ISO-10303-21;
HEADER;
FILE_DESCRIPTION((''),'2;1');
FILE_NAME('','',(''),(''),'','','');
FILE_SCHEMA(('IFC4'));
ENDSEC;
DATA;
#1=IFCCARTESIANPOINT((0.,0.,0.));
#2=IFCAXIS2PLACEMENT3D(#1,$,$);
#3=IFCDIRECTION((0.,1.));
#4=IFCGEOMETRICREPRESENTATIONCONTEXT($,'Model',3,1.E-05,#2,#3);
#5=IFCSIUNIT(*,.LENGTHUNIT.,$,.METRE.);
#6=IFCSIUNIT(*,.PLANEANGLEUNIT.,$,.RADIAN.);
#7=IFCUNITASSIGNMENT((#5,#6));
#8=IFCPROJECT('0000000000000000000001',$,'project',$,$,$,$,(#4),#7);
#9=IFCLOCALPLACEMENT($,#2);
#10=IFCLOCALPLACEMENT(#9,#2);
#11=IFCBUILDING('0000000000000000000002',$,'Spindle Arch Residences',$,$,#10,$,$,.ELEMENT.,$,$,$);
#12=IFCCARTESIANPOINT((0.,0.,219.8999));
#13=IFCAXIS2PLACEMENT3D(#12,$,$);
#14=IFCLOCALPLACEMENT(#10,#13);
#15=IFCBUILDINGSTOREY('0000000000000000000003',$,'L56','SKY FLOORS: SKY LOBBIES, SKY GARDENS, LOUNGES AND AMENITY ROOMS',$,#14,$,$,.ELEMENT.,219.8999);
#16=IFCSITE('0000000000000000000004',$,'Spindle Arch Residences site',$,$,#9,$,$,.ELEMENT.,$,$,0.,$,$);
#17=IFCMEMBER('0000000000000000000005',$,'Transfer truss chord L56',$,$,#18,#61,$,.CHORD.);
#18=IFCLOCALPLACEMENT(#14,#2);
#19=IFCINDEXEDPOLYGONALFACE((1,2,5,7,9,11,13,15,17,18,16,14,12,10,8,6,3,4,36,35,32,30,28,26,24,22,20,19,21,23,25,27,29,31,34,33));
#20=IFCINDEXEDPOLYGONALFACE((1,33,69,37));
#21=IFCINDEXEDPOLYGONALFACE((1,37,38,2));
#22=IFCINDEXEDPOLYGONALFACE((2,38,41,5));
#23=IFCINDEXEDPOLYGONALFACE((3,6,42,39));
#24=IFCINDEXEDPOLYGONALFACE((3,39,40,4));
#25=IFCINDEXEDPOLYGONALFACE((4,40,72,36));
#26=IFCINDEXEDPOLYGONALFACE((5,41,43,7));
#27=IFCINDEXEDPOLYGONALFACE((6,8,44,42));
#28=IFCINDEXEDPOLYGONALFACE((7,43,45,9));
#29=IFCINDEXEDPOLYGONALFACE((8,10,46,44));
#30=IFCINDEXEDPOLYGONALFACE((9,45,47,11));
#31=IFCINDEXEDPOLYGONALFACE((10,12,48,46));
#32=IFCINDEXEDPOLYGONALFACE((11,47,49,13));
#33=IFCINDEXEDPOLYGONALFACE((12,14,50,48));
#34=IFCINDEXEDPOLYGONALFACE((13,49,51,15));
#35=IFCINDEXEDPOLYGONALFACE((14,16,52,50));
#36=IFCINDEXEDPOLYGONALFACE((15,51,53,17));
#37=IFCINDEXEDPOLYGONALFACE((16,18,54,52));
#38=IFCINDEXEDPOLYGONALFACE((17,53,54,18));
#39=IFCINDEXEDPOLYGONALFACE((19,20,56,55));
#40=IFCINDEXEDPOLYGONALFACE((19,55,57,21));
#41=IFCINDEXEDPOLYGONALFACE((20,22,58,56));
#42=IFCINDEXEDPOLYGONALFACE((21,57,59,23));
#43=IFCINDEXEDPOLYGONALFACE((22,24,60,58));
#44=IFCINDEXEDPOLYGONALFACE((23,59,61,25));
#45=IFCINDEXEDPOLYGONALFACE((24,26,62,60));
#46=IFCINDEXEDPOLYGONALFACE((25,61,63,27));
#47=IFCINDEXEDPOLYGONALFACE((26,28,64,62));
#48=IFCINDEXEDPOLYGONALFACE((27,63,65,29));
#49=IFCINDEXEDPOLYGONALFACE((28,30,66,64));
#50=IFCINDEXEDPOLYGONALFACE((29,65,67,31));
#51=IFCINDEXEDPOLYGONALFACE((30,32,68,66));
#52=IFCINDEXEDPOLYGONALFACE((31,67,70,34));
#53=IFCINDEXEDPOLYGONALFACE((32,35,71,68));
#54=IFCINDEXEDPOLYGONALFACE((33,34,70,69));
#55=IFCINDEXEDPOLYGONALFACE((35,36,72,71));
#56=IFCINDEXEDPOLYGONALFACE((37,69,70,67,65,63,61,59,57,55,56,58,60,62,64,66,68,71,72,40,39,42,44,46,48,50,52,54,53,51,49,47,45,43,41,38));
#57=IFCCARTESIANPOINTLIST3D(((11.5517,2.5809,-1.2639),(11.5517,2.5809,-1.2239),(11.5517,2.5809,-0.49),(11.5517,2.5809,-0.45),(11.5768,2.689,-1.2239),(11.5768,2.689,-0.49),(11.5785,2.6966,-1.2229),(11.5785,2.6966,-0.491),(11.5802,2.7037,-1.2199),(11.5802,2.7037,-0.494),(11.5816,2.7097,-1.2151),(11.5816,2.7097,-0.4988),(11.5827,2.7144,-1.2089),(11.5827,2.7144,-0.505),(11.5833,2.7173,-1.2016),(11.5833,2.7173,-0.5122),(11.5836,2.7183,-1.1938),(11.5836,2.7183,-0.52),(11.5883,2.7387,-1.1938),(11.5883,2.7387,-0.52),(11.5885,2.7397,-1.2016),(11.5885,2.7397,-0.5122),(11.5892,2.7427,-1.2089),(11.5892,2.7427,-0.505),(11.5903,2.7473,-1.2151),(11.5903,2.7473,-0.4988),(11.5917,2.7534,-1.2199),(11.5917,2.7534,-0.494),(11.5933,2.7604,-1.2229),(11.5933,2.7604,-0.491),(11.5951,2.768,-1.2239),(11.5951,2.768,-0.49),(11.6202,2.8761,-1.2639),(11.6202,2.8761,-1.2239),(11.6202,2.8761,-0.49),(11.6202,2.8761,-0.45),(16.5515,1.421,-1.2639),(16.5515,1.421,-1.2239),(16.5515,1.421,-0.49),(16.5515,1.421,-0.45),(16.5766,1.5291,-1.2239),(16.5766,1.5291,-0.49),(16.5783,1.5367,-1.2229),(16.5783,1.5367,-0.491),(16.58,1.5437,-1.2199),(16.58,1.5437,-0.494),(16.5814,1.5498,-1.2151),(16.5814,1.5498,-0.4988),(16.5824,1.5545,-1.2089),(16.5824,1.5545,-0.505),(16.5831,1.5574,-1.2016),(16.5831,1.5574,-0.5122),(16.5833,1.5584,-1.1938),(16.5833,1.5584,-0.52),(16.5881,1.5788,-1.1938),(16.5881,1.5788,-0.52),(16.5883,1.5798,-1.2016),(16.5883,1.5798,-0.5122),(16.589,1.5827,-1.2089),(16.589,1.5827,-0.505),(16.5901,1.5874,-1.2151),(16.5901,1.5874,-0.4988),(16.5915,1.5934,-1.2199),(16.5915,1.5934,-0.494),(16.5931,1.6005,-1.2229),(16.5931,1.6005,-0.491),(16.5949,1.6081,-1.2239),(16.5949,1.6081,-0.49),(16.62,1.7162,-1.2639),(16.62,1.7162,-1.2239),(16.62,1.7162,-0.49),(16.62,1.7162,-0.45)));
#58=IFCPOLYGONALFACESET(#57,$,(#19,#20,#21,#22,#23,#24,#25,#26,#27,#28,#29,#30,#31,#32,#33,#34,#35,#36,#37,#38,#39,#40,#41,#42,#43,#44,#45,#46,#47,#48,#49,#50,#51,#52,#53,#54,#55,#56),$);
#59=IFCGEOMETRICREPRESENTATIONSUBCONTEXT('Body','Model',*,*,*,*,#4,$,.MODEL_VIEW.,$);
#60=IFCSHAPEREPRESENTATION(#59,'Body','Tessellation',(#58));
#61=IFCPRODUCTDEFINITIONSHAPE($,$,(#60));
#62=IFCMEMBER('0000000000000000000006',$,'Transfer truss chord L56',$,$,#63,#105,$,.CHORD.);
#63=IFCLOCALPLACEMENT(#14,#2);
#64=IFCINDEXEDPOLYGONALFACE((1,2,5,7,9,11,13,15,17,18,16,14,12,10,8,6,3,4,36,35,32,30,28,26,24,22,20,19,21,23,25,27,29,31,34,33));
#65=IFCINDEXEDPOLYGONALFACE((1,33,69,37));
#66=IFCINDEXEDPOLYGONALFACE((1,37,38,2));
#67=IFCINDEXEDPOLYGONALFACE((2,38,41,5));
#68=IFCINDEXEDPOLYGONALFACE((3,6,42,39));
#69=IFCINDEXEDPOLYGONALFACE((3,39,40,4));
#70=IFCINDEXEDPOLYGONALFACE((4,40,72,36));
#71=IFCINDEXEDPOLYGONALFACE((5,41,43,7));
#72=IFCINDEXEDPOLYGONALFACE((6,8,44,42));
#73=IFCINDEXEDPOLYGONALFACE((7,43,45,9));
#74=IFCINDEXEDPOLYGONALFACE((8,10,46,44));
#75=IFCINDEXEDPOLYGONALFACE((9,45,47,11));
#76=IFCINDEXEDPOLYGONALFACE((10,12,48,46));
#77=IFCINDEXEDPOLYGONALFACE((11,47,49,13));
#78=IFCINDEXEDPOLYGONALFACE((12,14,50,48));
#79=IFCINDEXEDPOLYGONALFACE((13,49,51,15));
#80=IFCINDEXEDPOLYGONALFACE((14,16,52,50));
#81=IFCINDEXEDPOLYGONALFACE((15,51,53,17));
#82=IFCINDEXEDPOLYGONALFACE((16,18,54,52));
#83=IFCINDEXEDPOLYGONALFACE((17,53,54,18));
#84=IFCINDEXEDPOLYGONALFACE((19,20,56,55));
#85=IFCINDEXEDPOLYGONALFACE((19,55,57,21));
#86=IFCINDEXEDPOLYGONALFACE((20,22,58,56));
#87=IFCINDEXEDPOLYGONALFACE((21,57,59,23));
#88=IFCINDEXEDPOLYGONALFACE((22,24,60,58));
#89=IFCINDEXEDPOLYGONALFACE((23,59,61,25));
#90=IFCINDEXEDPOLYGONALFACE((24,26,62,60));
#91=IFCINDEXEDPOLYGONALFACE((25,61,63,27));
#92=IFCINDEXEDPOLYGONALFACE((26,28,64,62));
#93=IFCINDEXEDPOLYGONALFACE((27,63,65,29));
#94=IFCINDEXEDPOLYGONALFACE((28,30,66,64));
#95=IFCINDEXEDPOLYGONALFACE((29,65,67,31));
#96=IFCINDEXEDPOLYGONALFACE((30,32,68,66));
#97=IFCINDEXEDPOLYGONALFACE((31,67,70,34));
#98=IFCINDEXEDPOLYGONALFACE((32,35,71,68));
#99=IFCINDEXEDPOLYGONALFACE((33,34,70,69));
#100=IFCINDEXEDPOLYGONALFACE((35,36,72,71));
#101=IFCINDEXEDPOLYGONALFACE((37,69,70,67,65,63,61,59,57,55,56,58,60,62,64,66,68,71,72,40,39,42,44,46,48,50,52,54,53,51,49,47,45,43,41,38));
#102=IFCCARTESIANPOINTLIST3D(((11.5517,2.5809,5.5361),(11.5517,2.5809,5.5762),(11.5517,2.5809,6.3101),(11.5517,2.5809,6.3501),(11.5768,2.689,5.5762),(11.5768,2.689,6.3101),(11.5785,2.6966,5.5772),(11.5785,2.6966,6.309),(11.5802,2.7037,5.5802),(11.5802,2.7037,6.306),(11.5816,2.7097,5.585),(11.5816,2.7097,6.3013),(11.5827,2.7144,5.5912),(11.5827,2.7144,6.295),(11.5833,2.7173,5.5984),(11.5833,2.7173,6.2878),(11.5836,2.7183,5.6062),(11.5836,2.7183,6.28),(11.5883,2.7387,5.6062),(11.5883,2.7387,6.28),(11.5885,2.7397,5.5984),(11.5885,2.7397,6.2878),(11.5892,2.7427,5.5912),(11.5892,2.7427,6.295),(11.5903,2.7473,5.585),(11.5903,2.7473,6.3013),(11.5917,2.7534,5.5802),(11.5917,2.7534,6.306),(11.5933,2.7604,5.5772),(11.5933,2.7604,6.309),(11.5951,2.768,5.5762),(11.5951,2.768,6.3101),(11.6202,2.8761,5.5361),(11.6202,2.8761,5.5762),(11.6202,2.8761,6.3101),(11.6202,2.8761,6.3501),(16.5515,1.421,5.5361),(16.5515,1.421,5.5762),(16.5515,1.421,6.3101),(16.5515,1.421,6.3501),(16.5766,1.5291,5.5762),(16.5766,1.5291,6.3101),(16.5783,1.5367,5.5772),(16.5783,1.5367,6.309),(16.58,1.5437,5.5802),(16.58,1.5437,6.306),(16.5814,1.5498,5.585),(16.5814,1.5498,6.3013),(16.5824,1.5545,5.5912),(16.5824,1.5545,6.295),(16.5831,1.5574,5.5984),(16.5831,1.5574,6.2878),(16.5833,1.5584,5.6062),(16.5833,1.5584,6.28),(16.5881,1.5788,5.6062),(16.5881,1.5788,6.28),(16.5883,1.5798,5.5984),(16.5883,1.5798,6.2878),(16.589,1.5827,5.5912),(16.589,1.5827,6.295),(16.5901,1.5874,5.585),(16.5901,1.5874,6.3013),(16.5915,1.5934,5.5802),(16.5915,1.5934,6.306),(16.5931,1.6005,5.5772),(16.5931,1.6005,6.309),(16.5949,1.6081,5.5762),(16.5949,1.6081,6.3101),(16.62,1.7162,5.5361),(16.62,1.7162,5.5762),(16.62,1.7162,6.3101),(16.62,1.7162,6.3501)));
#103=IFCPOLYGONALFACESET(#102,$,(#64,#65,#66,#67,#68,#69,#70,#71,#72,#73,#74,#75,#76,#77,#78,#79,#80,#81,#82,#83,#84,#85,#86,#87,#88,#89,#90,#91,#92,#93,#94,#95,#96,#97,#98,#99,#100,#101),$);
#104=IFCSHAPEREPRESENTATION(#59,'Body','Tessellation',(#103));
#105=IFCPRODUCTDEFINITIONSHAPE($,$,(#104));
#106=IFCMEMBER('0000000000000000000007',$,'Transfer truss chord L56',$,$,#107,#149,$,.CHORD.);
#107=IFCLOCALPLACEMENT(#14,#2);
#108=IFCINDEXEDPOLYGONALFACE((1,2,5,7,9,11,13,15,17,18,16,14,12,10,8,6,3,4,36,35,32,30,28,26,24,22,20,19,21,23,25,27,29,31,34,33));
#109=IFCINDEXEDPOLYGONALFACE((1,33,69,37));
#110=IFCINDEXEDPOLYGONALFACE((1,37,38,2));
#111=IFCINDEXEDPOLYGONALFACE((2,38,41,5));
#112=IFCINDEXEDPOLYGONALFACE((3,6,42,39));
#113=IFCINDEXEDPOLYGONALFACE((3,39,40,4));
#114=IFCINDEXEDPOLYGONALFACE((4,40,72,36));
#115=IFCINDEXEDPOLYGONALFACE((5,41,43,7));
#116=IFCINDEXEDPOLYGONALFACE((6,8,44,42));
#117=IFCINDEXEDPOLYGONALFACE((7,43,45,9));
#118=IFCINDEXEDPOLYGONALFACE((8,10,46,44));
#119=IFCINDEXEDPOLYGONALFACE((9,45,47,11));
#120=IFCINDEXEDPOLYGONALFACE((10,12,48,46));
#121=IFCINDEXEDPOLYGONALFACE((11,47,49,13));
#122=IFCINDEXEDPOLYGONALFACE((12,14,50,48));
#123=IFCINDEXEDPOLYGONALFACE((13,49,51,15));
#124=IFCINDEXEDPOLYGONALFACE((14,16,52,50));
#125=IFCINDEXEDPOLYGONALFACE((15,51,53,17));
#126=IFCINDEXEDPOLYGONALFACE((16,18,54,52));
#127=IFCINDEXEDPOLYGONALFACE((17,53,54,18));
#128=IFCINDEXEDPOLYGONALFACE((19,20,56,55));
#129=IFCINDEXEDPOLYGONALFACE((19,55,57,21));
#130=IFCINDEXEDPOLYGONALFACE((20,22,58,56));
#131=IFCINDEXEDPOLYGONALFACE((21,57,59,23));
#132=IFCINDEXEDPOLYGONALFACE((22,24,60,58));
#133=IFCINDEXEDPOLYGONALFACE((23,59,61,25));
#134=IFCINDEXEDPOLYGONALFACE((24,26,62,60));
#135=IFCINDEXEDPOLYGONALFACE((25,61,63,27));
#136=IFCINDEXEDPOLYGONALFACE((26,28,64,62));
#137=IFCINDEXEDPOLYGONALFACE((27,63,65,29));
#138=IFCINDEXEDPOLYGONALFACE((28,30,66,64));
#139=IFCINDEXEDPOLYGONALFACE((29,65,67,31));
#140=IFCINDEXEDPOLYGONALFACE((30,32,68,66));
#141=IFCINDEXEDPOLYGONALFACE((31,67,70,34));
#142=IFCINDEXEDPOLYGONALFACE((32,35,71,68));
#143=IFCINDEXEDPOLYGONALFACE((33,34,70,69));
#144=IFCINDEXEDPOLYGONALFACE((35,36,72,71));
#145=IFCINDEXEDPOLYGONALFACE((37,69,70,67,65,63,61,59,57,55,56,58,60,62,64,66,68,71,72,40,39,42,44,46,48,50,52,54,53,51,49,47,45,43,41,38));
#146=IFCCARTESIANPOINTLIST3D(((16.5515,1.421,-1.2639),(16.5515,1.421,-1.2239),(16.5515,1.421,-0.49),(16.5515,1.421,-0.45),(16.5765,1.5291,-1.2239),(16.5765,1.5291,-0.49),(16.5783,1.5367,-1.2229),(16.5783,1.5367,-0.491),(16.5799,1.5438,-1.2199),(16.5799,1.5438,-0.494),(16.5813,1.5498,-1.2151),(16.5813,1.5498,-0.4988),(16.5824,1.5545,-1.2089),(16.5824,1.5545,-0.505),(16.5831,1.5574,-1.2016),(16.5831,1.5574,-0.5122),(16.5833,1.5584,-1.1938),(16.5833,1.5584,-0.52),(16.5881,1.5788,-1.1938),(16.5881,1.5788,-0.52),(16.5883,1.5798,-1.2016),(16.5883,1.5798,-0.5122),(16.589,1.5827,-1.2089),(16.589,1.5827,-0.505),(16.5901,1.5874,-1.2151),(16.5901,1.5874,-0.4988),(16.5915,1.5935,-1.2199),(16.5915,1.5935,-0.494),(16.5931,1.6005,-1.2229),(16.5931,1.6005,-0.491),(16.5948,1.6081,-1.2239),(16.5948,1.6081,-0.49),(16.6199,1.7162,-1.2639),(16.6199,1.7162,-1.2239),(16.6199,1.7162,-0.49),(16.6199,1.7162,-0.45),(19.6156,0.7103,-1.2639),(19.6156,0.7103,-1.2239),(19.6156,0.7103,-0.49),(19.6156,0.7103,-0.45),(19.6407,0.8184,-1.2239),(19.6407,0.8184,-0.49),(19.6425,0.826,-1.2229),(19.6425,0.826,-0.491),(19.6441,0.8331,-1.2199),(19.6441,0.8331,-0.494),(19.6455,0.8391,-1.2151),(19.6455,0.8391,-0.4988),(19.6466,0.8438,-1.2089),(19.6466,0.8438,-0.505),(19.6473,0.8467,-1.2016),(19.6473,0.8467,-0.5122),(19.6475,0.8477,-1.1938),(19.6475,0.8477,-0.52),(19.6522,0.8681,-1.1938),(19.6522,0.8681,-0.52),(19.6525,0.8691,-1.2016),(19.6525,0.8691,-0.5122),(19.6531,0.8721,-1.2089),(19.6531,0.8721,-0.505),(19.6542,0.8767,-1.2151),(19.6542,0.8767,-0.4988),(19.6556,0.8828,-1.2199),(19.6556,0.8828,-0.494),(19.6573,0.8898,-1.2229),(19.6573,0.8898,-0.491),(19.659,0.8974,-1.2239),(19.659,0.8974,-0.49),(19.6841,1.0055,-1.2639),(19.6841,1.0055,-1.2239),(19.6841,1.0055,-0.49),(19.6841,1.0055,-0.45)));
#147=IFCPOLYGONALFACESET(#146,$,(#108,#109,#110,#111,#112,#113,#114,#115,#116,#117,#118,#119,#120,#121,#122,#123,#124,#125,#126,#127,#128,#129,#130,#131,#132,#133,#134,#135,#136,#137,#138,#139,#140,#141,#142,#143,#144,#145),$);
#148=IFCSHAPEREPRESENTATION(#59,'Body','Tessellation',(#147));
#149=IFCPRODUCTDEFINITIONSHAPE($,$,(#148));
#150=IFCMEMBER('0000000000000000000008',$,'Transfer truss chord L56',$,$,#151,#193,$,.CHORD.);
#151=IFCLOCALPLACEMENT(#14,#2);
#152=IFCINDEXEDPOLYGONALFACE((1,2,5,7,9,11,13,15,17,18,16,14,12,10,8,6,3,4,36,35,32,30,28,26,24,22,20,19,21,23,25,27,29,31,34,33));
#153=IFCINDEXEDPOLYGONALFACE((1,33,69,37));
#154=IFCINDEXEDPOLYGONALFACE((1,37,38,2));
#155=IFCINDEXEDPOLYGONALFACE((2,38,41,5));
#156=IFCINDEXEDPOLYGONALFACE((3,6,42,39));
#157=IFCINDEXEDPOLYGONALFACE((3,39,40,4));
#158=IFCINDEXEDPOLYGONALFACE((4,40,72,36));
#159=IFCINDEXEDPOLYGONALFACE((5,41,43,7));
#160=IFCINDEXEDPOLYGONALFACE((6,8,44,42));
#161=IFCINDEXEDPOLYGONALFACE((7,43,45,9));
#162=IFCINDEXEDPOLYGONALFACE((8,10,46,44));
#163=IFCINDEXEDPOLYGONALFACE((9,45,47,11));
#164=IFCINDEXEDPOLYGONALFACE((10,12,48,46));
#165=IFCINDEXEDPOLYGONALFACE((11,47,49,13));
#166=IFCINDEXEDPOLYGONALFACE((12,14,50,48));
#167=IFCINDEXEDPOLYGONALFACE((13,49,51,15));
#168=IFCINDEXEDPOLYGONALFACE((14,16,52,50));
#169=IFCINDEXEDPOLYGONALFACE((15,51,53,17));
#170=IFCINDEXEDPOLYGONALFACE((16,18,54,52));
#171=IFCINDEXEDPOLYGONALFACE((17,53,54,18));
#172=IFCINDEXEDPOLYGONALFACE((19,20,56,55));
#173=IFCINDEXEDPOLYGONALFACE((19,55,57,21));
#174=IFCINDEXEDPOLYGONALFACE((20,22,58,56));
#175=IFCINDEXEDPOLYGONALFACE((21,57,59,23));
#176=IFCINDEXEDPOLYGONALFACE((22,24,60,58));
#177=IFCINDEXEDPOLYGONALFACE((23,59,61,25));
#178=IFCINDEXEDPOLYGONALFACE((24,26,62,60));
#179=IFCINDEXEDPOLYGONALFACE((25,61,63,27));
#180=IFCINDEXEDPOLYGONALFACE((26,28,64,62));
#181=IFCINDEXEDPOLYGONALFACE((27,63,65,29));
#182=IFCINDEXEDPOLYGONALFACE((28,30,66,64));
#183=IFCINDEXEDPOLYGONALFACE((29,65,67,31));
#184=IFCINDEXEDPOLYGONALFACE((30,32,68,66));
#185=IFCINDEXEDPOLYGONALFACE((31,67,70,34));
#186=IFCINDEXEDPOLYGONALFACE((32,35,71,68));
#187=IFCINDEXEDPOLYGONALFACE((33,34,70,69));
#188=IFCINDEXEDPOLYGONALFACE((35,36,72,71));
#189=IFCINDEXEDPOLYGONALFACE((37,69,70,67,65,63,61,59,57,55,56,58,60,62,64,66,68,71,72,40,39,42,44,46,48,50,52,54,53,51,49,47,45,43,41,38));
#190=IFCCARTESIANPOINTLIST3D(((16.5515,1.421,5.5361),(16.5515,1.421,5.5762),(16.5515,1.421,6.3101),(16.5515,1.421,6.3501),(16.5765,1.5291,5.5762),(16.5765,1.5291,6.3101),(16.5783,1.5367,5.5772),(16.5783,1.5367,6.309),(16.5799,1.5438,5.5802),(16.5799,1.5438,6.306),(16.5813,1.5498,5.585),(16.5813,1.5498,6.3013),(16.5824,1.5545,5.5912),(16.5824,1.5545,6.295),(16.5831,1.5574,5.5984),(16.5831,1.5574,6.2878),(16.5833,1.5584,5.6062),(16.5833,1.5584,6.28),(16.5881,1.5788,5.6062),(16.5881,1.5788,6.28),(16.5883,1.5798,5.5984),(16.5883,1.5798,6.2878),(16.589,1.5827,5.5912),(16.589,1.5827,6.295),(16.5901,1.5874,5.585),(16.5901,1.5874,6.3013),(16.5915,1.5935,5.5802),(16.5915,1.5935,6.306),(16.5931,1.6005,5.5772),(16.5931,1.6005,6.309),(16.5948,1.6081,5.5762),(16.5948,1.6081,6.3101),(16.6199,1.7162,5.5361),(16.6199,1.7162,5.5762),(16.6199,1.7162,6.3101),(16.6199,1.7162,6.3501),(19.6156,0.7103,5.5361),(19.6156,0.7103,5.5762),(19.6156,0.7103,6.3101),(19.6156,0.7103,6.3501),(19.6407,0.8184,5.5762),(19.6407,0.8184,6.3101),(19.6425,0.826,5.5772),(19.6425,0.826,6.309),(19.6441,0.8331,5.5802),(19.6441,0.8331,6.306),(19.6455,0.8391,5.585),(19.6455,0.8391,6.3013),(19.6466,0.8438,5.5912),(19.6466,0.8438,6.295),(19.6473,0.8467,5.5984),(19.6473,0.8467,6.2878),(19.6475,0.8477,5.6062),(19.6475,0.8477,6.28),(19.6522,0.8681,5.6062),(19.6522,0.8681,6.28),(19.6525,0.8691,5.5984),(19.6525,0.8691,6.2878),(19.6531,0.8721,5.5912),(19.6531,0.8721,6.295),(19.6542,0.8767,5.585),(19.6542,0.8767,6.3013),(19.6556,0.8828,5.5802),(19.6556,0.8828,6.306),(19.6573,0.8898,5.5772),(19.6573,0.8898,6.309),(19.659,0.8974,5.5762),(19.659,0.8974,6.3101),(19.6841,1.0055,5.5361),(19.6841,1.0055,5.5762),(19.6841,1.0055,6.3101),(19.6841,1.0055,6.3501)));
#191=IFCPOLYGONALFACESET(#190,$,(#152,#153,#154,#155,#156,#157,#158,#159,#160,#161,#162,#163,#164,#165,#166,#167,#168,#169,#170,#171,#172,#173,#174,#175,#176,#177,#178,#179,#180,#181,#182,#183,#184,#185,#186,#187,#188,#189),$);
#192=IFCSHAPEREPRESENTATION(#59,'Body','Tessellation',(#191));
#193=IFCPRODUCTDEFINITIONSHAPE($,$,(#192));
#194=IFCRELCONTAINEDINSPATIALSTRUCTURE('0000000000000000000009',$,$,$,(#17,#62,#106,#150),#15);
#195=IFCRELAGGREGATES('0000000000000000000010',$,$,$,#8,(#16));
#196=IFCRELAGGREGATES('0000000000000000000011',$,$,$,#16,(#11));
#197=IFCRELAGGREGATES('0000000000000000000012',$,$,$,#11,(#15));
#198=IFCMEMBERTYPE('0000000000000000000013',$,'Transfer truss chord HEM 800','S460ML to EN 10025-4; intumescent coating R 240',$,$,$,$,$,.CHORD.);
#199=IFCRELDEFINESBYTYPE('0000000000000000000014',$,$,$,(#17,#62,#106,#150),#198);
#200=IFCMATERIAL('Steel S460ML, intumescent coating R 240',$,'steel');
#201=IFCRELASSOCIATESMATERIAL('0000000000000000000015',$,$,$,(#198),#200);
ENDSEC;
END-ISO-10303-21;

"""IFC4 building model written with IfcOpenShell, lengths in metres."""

from ifc_helpers import new_model, si_unit, direction, frame, origin, origin_2d, place, context, subcontext, project, spatial, i_section, extrude, material, material_profile, profile_set, type_object, element, save


model = new_model("IFC4")

# Units and contexts
model_context = context("Model", 3, precision=1e-05, world=origin(), true_north=direction((0.0, 1.0)))
body_context = subcontext(model_context, "Body", "Model", "MODEL_VIEW")
ifc_project = project(units=[si_unit("LENGTHUNIT", "METRE"), si_unit("PLANEANGLEUNIT", "RADIAN")], contexts=[model_context])

# Site, building, storey
site_placement = place(None, origin())
site = spatial("IfcSite", under=ifc_project, at=site_placement, Name="Spindle Arch Residences site", CompositionType="ELEMENT", RefElevation=0.0)
building_placement = place(site_placement, origin())
building = spatial("IfcBuilding", under=site, at=building_placement, Name="Spindle Arch Residences", CompositionType="ELEMENT")
storey_placement = place(building_placement, frame((0.0, 0.0, 219.8999)))
storey = spatial("IfcBuildingStorey", under=building, at=storey_placement, Name="L56", Description="SKY FLOORS: SKY LOBBIES, SKY GARDENS, LOUNGES AND AMENITY ROOMS", CompositionType="ELEMENT", Elevation=219.8999)

# Members
ifc_material_1 = material(Name="Steel S460ML, intumescent coating R 240", Category="steel")
ifc_material_profile_1 = material_profile(ifc_material_1, i_section(OverallWidth=0.303, OverallDepth=0.814, WebThickness=0.021, FlangeThickness=0.04, FilletRadius=0.03, at=origin_2d()), Name="HEM 800")
ifc_profile_set_1 = profile_set([ifc_material_profile_1], Name="Steel S460ML, intumescent coating R 240")
member_type_1 = type_object("IfcMemberType", Name="Transfer truss chord HEM 800", Description="S460ML to EN 10025-4; intumescent coating R 240", PredefinedType="CHORD", material=ifc_profile_set_1)
for number, where, z_axis, x_axis, name in (
    (1, (11.5859, 2.7285, -0.8569), (0.974129, -0.225992, 0.0), (0.225992, 0.974129, 0.0), "Transfer truss chord L56"),
    (2, (11.5859, 2.7285, 5.9431), (0.974129, -0.225992, 0.0), (0.225992, 0.974129, 0.0), "Transfer truss chord L56"),
):
    element("IfcMember", number, at=place(storey_placement, frame(where, z_axis=z_axis, x_axis=x_axis)), inside=storey, type_object=member_type_1, Name=name, PredefinedType="CHORD", context=body_context, shape_type="SweptSolid", body=[
        extrude(i_section(OverallWidth=0.303, OverallDepth=0.814, WebThickness=0.021, FlangeThickness=0.04, FilletRadius=0.03, at=origin_2d()), origin(), (0.0, 0.0, 1.0), 5.1326),
    ])
for number, where, z_axis, x_axis, name in (
    (3, (16.5857, 1.5686, -0.8569), (0.974142, -0.225936, 0.0), (0.225936, 0.974142, 0.0), "Transfer truss chord L56"),
    (4, (16.5857, 1.5686, 5.9431), (0.974142, -0.225936, 0.0), (0.225936, 0.974142, 0.0), "Transfer truss chord L56"),
):
    element("IfcMember", number, at=place(storey_placement, frame(where, z_axis=z_axis, x_axis=x_axis)), inside=storey, type_object=member_type_1, Name=name, PredefinedType="CHORD", context=body_context, shape_type="SweptSolid", body=[
        extrude(i_section(OverallWidth=0.303, OverallDepth=0.814, WebThickness=0.021, FlangeThickness=0.04, FilletRadius=0.03, at=origin_2d()), origin(), (0.0, 0.0, 1.0), 3.1455),
    ])

save(model, "model.ifc")
